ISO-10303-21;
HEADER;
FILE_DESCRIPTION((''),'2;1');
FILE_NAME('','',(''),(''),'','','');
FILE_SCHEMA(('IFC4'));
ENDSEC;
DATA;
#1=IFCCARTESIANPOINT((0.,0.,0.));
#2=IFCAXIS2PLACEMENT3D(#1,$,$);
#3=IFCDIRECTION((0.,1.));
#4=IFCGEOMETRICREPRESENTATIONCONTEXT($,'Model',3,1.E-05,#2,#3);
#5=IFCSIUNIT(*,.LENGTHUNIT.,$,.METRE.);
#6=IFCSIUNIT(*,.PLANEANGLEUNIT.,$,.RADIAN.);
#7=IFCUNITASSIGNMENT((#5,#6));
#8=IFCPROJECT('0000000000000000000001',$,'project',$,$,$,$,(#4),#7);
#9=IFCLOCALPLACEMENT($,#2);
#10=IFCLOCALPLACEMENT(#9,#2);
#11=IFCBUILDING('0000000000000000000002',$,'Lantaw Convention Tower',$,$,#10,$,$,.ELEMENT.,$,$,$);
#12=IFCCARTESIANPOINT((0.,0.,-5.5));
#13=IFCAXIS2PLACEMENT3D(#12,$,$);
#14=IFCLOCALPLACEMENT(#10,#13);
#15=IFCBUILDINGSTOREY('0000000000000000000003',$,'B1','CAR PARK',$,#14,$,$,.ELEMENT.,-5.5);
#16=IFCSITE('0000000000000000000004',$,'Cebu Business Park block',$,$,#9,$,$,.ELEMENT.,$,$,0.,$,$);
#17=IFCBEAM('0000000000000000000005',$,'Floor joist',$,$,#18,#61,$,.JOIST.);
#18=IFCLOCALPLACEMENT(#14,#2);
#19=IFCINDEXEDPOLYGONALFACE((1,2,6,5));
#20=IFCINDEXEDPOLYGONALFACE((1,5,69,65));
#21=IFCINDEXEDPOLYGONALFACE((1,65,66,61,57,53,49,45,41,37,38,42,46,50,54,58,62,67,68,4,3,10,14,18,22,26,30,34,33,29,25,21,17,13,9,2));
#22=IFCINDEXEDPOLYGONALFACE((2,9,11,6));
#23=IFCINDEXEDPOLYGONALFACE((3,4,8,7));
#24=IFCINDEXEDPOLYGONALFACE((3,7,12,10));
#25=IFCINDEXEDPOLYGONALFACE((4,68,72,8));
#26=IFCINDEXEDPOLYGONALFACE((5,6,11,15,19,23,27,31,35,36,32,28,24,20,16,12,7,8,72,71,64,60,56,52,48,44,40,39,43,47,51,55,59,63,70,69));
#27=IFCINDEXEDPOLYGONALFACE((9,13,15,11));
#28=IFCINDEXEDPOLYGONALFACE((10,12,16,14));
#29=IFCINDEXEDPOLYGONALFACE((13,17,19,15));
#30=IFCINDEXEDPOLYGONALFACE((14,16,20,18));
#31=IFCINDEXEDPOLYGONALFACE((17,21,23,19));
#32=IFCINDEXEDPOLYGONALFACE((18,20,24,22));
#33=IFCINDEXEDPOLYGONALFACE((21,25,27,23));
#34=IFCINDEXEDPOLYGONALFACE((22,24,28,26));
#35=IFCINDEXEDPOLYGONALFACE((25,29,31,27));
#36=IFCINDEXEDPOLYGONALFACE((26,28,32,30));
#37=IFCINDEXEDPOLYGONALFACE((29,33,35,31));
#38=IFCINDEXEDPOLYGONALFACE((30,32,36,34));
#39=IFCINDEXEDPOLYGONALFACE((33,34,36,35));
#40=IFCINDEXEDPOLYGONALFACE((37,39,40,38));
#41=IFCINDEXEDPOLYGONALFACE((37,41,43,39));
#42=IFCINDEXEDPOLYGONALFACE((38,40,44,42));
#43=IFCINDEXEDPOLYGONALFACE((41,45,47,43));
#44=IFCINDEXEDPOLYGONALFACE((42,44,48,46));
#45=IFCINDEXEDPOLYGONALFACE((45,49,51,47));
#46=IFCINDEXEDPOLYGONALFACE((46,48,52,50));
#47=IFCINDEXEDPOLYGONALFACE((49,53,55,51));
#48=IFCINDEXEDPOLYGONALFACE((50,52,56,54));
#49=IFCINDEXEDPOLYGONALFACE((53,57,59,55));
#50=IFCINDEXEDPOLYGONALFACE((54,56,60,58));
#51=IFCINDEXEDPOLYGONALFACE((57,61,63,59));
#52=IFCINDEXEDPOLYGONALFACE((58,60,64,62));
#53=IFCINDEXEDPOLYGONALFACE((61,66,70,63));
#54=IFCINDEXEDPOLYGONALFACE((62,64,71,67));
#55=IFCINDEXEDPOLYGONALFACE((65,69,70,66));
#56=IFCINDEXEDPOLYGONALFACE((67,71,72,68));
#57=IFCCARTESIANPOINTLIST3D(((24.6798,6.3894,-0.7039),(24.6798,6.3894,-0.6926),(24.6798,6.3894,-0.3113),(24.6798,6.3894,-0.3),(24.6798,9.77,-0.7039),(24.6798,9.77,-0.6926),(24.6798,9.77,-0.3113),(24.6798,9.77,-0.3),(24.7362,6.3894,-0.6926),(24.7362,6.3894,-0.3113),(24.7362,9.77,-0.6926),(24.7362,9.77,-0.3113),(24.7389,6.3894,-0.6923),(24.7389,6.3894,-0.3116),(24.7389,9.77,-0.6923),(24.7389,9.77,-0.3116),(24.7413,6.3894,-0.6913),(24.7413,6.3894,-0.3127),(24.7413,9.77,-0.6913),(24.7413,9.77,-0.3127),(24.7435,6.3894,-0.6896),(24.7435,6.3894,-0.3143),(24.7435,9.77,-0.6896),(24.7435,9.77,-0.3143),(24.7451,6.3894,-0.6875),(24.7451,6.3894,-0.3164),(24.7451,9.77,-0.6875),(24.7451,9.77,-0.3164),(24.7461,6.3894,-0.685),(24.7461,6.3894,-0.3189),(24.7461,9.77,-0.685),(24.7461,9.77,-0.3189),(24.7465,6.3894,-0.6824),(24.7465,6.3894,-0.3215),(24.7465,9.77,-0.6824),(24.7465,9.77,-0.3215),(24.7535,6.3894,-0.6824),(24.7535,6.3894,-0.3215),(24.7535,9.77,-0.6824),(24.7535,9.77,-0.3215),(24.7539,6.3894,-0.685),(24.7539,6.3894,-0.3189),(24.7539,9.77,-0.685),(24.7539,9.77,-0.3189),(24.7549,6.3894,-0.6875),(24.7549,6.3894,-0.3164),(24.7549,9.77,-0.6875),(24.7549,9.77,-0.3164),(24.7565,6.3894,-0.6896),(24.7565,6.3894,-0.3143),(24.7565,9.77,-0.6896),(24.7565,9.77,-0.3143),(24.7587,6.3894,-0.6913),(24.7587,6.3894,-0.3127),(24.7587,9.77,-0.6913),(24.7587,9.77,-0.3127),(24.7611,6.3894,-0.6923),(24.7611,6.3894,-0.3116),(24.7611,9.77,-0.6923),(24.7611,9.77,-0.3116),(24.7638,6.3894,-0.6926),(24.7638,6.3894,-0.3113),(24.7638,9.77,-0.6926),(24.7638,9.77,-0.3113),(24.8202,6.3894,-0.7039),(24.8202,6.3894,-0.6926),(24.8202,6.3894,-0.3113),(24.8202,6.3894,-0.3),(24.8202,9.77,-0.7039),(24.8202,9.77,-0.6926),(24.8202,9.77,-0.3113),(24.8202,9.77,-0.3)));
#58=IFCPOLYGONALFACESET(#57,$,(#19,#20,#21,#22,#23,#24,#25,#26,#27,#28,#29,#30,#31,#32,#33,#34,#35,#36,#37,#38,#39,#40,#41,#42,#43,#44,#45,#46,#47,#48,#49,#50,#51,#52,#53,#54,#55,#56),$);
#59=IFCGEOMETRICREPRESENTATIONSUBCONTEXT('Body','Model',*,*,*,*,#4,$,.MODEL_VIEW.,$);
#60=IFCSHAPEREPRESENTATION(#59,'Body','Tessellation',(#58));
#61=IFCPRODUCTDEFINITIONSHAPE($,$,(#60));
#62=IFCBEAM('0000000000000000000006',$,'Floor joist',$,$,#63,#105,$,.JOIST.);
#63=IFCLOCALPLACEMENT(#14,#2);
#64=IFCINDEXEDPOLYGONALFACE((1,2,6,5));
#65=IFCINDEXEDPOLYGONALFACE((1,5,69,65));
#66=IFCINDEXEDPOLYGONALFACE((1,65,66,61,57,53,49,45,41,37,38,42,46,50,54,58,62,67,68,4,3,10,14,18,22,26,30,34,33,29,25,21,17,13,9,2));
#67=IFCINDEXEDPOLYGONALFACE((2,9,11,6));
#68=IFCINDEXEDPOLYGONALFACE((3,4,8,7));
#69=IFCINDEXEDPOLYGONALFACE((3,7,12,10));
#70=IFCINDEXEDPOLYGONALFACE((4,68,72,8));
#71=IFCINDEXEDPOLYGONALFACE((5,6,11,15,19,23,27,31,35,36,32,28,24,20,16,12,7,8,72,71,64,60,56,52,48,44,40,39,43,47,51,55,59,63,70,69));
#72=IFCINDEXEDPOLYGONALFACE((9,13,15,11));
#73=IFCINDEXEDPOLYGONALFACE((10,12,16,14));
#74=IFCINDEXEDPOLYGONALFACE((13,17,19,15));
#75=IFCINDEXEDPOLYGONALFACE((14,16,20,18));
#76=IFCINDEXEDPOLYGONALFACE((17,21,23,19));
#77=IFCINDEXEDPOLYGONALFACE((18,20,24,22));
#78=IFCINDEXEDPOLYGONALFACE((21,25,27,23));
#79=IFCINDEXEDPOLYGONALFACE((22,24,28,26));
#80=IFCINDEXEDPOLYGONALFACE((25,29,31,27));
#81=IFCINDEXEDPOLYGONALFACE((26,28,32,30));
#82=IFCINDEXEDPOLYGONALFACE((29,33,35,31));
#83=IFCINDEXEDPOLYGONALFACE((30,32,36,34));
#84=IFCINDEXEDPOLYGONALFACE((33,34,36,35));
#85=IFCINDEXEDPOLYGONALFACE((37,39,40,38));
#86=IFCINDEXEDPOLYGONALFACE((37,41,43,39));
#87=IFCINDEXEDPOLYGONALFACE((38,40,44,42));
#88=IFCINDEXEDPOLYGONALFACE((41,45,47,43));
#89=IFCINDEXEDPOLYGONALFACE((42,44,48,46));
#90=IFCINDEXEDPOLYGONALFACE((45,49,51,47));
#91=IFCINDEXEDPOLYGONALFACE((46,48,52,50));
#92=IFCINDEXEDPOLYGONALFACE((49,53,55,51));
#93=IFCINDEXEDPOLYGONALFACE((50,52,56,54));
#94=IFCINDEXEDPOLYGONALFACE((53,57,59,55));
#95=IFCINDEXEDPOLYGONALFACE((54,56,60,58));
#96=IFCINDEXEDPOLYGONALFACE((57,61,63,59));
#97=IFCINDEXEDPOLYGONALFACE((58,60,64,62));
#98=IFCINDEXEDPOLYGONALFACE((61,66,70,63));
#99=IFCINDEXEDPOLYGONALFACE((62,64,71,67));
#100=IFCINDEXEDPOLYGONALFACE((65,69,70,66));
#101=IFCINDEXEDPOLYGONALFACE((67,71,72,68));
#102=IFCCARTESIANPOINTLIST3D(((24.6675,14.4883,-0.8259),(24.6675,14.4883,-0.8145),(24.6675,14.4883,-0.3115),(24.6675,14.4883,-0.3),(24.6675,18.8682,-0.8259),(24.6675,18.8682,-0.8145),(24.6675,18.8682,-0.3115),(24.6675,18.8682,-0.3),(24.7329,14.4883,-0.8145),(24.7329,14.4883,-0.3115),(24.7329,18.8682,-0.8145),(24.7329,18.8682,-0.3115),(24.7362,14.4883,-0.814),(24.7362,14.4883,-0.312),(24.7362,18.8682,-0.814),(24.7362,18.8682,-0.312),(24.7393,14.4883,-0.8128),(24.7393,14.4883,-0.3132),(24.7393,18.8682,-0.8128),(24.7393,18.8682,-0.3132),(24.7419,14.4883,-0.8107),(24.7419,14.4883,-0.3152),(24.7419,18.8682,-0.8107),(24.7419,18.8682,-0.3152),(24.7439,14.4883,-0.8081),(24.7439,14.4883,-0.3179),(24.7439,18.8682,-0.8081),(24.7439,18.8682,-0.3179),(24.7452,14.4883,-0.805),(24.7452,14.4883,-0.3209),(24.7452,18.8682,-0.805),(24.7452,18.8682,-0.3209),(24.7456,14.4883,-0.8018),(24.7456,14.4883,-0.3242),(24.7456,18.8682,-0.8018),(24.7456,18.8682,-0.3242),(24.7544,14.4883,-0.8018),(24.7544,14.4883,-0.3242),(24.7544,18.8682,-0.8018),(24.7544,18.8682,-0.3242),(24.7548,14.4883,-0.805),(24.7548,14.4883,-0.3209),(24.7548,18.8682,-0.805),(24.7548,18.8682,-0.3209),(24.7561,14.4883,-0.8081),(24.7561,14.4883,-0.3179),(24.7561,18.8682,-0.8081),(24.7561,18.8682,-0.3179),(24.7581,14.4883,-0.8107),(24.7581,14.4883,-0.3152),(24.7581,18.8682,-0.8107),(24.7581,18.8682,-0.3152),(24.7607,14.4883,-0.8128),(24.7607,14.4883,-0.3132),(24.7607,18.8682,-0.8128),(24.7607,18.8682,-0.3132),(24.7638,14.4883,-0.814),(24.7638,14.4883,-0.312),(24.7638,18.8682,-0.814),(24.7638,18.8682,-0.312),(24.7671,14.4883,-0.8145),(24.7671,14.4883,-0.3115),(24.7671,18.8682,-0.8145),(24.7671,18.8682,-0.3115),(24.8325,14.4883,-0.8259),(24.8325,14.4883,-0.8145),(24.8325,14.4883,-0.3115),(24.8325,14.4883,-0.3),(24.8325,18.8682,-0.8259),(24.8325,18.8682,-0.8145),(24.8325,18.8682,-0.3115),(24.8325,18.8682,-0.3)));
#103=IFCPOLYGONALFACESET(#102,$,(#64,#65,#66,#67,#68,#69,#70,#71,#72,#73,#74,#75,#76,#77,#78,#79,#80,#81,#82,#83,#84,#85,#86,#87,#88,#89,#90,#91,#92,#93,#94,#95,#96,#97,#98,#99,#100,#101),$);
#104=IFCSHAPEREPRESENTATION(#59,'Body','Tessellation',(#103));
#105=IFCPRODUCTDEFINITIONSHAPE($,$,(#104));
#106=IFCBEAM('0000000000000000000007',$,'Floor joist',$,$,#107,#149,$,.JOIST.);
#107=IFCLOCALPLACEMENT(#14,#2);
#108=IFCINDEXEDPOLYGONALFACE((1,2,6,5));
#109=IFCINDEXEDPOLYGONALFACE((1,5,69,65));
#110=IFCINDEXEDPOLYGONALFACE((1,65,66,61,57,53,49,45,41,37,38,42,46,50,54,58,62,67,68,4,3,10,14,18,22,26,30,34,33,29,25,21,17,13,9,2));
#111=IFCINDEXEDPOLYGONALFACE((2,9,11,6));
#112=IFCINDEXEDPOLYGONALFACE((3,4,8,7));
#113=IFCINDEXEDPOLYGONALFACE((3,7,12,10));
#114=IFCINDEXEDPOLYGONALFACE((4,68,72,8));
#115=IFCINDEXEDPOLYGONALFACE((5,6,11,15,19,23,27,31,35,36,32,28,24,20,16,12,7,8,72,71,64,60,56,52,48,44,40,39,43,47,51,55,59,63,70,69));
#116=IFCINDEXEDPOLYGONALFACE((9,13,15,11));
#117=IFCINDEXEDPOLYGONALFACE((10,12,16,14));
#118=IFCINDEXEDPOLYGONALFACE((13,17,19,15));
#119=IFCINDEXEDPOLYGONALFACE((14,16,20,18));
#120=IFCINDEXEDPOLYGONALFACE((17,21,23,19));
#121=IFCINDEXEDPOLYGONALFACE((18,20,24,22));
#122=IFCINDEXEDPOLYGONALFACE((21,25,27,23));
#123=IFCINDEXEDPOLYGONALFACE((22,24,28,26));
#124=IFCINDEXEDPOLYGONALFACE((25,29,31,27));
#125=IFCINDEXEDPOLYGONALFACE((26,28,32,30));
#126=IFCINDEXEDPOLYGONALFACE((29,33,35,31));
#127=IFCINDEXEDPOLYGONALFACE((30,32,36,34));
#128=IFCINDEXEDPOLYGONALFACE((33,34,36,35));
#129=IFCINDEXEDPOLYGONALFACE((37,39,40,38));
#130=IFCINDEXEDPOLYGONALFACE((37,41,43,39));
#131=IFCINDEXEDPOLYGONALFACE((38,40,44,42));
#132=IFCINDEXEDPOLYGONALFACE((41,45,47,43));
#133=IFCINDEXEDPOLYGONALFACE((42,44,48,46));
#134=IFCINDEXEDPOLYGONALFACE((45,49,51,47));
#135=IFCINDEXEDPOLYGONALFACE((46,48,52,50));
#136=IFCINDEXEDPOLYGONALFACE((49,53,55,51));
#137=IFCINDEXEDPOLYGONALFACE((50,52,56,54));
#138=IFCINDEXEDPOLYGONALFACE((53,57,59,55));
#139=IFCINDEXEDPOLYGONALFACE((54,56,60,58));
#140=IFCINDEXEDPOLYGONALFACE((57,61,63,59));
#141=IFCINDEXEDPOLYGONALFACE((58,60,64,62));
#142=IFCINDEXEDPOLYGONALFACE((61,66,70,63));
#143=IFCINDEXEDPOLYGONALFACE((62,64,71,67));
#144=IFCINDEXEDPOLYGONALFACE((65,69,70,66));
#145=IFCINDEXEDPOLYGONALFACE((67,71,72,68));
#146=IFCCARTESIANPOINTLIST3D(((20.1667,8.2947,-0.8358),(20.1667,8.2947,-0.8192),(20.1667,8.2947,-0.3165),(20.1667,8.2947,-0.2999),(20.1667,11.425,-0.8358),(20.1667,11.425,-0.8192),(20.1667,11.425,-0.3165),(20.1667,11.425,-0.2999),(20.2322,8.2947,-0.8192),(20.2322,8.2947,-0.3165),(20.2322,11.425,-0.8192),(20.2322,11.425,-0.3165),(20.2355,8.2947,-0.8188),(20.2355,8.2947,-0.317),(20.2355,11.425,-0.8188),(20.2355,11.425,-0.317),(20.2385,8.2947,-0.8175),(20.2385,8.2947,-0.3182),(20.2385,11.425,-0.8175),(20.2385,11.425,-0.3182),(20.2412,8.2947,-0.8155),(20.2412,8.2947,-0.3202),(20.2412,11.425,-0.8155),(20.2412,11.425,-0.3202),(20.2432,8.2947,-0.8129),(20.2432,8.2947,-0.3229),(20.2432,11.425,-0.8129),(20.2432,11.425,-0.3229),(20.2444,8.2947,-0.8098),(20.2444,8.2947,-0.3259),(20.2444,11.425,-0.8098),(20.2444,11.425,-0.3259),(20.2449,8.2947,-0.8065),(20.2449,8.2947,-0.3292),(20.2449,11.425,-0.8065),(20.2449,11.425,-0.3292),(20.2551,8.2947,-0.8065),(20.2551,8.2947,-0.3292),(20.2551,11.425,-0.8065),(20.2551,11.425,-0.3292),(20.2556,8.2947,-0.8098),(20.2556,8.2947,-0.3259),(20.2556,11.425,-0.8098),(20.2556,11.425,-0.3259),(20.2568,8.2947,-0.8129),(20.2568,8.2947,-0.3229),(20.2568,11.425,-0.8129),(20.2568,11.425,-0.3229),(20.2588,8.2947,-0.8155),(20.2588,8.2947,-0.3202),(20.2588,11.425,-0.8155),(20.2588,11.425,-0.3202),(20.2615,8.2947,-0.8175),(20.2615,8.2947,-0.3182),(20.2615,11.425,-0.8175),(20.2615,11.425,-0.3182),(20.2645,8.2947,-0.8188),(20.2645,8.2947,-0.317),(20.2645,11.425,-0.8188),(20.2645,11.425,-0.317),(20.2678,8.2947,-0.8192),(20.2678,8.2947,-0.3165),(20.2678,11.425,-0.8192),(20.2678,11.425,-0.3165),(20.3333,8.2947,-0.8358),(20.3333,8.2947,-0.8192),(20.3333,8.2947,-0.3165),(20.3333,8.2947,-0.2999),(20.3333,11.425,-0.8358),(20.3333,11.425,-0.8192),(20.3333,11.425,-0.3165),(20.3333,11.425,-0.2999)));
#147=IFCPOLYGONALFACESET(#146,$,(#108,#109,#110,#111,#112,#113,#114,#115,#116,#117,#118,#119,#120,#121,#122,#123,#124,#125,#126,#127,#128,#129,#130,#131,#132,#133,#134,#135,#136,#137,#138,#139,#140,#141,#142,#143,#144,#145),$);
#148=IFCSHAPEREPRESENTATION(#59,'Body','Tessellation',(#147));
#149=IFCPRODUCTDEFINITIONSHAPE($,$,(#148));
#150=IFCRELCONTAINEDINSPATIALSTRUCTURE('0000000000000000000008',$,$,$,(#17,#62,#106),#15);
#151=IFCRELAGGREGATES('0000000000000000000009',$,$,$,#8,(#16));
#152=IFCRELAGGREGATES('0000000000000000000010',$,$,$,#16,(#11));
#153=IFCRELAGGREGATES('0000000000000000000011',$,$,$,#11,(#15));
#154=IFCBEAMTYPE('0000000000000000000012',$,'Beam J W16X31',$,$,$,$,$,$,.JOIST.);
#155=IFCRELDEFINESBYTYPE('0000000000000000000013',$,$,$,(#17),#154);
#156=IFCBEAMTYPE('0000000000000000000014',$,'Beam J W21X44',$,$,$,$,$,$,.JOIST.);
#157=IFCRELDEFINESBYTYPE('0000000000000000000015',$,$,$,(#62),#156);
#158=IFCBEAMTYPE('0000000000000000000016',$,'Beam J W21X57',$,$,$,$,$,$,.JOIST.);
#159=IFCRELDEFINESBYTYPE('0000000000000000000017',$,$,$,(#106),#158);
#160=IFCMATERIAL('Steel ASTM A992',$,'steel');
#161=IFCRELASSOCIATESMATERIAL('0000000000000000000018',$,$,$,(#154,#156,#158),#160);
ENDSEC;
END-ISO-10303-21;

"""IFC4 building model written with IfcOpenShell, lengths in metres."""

from ifc_helpers import new_model, si_unit, direction, frame, origin, origin_2d, place, context, subcontext, project, spatial, i_section, extrude, material, material_profile, profile_set, type_object, element, save


model = new_model("IFC4")

# Units and contexts
model_context = context("Model", 3, precision=1e-05, world=origin(), true_north=direction((0.0, 1.0)))
body_context = subcontext(model_context, "Body", "Model", "MODEL_VIEW")
ifc_project = project(units=[si_unit("LENGTHUNIT", "METRE"), si_unit("PLANEANGLEUNIT", "RADIAN")], contexts=[model_context])

# Site, building, storey
site_placement = place(None, origin())
site = spatial("IfcSite", under=ifc_project, at=site_placement, Name="Cebu Business Park block", CompositionType="ELEMENT", RefElevation=0.0)
building_placement = place(site_placement, origin())
building = spatial("IfcBuilding", under=site, at=building_placement, Name="Lantaw Convention Tower", CompositionType="ELEMENT")
storey_placement = place(building_placement, frame((0.0, 0.0, -5.5)))
storey = spatial("IfcBuildingStorey", under=building, at=storey_placement, Name="B1", Description="CAR PARK", CompositionType="ELEMENT", Elevation=-5.5)

# Beams
ifc_material_1 = material(Name="Steel ASTM A992", Category="steel")
ifc_material_profile_1 = material_profile(ifc_material_1, i_section(OverallWidth=0.1404, OverallDepth=0.4038, WebThickness=0.0071, FlangeThickness=0.0112, FilletRadius=0.0103, at=origin_2d()), Name="W16X31")
ifc_profile_set_1 = profile_set([ifc_material_profile_1], Name="Steel ASTM A992")
beam_type_1 = type_object("IfcBeamType", Name="Beam J W16X31", PredefinedType="JOIST", material=ifc_profile_set_1)
beam_1_placement = place(storey_placement, frame((24.75, 6.3894, -0.502), z_axis=(0.0, 1.0, 0.0), x_axis=(-1.0, 0.0, 0.0)))
element("IfcBeam", 1, at=beam_1_placement, inside=storey, type_object=beam_type_1, Name="Floor joist", PredefinedType="JOIST", context=body_context, shape_type="SweptSolid", body=[
    extrude(i_section(OverallWidth=0.1404, OverallDepth=0.4038, WebThickness=0.0071, FlangeThickness=0.0112, FilletRadius=0.0103, at=origin_2d()), origin(), (0.0, 0.0, 1.0), 3.3806),
])
ifc_material_profile_2 = material_profile(ifc_material_1, i_section(OverallWidth=0.165, OverallDepth=0.5259, WebThickness=0.0088, FlangeThickness=0.0115, FilletRadius=0.0127, at=origin_2d()), Name="W21X44")
ifc_profile_set_2 = profile_set([ifc_material_profile_2], Name="Steel ASTM A992")
beam_type_2 = type_object("IfcBeamType", Name="Beam J W21X44", PredefinedType="JOIST", material=ifc_profile_set_2)
beam_2_placement = place(storey_placement, frame((24.75, 14.4883, -0.563), z_axis=(0.0, 1.0, 0.0), x_axis=(-1.0, 0.0, 0.0)))
element("IfcBeam", 2, at=beam_2_placement, inside=storey, type_object=beam_type_2, Name="Floor joist", PredefinedType="JOIST", context=body_context, shape_type="SweptSolid", body=[
    extrude(i_section(OverallWidth=0.165, OverallDepth=0.5259, WebThickness=0.0088, FlangeThickness=0.0115, FilletRadius=0.0127, at=origin_2d()), origin(), (0.0, 0.0, 1.0), 4.3799),
])
ifc_material_profile_3 = material_profile(ifc_material_1, i_section(OverallWidth=0.1665, OverallDepth=0.5359, WebThickness=0.0103, FlangeThickness=0.0166, FilletRadius=0.0127, at=origin_2d()), Name="W21X57")
ifc_profile_set_3 = profile_set([ifc_material_profile_3], Name="Steel ASTM A992")
beam_type_3 = type_object("IfcBeamType", Name="Beam J W21X57", PredefinedType="JOIST", material=ifc_profile_set_3)
beam_3_placement = place(storey_placement, frame((20.25, 8.2947, -0.5679), z_axis=(0.0, 1.0, 0.0), x_axis=(-1.0, 0.0, 0.0)))
element("IfcBeam", 3, at=beam_3_placement, inside=storey, type_object=beam_type_3, Name="Floor joist", PredefinedType="JOIST", context=body_context, shape_type="SweptSolid", body=[
    extrude(i_section(OverallWidth=0.1665, OverallDepth=0.5359, WebThickness=0.0103, FlangeThickness=0.0166, FilletRadius=0.0127, at=origin_2d()), origin(), (0.0, 0.0, 1.0), 3.1304),
])

save(model, "model.ifc")
